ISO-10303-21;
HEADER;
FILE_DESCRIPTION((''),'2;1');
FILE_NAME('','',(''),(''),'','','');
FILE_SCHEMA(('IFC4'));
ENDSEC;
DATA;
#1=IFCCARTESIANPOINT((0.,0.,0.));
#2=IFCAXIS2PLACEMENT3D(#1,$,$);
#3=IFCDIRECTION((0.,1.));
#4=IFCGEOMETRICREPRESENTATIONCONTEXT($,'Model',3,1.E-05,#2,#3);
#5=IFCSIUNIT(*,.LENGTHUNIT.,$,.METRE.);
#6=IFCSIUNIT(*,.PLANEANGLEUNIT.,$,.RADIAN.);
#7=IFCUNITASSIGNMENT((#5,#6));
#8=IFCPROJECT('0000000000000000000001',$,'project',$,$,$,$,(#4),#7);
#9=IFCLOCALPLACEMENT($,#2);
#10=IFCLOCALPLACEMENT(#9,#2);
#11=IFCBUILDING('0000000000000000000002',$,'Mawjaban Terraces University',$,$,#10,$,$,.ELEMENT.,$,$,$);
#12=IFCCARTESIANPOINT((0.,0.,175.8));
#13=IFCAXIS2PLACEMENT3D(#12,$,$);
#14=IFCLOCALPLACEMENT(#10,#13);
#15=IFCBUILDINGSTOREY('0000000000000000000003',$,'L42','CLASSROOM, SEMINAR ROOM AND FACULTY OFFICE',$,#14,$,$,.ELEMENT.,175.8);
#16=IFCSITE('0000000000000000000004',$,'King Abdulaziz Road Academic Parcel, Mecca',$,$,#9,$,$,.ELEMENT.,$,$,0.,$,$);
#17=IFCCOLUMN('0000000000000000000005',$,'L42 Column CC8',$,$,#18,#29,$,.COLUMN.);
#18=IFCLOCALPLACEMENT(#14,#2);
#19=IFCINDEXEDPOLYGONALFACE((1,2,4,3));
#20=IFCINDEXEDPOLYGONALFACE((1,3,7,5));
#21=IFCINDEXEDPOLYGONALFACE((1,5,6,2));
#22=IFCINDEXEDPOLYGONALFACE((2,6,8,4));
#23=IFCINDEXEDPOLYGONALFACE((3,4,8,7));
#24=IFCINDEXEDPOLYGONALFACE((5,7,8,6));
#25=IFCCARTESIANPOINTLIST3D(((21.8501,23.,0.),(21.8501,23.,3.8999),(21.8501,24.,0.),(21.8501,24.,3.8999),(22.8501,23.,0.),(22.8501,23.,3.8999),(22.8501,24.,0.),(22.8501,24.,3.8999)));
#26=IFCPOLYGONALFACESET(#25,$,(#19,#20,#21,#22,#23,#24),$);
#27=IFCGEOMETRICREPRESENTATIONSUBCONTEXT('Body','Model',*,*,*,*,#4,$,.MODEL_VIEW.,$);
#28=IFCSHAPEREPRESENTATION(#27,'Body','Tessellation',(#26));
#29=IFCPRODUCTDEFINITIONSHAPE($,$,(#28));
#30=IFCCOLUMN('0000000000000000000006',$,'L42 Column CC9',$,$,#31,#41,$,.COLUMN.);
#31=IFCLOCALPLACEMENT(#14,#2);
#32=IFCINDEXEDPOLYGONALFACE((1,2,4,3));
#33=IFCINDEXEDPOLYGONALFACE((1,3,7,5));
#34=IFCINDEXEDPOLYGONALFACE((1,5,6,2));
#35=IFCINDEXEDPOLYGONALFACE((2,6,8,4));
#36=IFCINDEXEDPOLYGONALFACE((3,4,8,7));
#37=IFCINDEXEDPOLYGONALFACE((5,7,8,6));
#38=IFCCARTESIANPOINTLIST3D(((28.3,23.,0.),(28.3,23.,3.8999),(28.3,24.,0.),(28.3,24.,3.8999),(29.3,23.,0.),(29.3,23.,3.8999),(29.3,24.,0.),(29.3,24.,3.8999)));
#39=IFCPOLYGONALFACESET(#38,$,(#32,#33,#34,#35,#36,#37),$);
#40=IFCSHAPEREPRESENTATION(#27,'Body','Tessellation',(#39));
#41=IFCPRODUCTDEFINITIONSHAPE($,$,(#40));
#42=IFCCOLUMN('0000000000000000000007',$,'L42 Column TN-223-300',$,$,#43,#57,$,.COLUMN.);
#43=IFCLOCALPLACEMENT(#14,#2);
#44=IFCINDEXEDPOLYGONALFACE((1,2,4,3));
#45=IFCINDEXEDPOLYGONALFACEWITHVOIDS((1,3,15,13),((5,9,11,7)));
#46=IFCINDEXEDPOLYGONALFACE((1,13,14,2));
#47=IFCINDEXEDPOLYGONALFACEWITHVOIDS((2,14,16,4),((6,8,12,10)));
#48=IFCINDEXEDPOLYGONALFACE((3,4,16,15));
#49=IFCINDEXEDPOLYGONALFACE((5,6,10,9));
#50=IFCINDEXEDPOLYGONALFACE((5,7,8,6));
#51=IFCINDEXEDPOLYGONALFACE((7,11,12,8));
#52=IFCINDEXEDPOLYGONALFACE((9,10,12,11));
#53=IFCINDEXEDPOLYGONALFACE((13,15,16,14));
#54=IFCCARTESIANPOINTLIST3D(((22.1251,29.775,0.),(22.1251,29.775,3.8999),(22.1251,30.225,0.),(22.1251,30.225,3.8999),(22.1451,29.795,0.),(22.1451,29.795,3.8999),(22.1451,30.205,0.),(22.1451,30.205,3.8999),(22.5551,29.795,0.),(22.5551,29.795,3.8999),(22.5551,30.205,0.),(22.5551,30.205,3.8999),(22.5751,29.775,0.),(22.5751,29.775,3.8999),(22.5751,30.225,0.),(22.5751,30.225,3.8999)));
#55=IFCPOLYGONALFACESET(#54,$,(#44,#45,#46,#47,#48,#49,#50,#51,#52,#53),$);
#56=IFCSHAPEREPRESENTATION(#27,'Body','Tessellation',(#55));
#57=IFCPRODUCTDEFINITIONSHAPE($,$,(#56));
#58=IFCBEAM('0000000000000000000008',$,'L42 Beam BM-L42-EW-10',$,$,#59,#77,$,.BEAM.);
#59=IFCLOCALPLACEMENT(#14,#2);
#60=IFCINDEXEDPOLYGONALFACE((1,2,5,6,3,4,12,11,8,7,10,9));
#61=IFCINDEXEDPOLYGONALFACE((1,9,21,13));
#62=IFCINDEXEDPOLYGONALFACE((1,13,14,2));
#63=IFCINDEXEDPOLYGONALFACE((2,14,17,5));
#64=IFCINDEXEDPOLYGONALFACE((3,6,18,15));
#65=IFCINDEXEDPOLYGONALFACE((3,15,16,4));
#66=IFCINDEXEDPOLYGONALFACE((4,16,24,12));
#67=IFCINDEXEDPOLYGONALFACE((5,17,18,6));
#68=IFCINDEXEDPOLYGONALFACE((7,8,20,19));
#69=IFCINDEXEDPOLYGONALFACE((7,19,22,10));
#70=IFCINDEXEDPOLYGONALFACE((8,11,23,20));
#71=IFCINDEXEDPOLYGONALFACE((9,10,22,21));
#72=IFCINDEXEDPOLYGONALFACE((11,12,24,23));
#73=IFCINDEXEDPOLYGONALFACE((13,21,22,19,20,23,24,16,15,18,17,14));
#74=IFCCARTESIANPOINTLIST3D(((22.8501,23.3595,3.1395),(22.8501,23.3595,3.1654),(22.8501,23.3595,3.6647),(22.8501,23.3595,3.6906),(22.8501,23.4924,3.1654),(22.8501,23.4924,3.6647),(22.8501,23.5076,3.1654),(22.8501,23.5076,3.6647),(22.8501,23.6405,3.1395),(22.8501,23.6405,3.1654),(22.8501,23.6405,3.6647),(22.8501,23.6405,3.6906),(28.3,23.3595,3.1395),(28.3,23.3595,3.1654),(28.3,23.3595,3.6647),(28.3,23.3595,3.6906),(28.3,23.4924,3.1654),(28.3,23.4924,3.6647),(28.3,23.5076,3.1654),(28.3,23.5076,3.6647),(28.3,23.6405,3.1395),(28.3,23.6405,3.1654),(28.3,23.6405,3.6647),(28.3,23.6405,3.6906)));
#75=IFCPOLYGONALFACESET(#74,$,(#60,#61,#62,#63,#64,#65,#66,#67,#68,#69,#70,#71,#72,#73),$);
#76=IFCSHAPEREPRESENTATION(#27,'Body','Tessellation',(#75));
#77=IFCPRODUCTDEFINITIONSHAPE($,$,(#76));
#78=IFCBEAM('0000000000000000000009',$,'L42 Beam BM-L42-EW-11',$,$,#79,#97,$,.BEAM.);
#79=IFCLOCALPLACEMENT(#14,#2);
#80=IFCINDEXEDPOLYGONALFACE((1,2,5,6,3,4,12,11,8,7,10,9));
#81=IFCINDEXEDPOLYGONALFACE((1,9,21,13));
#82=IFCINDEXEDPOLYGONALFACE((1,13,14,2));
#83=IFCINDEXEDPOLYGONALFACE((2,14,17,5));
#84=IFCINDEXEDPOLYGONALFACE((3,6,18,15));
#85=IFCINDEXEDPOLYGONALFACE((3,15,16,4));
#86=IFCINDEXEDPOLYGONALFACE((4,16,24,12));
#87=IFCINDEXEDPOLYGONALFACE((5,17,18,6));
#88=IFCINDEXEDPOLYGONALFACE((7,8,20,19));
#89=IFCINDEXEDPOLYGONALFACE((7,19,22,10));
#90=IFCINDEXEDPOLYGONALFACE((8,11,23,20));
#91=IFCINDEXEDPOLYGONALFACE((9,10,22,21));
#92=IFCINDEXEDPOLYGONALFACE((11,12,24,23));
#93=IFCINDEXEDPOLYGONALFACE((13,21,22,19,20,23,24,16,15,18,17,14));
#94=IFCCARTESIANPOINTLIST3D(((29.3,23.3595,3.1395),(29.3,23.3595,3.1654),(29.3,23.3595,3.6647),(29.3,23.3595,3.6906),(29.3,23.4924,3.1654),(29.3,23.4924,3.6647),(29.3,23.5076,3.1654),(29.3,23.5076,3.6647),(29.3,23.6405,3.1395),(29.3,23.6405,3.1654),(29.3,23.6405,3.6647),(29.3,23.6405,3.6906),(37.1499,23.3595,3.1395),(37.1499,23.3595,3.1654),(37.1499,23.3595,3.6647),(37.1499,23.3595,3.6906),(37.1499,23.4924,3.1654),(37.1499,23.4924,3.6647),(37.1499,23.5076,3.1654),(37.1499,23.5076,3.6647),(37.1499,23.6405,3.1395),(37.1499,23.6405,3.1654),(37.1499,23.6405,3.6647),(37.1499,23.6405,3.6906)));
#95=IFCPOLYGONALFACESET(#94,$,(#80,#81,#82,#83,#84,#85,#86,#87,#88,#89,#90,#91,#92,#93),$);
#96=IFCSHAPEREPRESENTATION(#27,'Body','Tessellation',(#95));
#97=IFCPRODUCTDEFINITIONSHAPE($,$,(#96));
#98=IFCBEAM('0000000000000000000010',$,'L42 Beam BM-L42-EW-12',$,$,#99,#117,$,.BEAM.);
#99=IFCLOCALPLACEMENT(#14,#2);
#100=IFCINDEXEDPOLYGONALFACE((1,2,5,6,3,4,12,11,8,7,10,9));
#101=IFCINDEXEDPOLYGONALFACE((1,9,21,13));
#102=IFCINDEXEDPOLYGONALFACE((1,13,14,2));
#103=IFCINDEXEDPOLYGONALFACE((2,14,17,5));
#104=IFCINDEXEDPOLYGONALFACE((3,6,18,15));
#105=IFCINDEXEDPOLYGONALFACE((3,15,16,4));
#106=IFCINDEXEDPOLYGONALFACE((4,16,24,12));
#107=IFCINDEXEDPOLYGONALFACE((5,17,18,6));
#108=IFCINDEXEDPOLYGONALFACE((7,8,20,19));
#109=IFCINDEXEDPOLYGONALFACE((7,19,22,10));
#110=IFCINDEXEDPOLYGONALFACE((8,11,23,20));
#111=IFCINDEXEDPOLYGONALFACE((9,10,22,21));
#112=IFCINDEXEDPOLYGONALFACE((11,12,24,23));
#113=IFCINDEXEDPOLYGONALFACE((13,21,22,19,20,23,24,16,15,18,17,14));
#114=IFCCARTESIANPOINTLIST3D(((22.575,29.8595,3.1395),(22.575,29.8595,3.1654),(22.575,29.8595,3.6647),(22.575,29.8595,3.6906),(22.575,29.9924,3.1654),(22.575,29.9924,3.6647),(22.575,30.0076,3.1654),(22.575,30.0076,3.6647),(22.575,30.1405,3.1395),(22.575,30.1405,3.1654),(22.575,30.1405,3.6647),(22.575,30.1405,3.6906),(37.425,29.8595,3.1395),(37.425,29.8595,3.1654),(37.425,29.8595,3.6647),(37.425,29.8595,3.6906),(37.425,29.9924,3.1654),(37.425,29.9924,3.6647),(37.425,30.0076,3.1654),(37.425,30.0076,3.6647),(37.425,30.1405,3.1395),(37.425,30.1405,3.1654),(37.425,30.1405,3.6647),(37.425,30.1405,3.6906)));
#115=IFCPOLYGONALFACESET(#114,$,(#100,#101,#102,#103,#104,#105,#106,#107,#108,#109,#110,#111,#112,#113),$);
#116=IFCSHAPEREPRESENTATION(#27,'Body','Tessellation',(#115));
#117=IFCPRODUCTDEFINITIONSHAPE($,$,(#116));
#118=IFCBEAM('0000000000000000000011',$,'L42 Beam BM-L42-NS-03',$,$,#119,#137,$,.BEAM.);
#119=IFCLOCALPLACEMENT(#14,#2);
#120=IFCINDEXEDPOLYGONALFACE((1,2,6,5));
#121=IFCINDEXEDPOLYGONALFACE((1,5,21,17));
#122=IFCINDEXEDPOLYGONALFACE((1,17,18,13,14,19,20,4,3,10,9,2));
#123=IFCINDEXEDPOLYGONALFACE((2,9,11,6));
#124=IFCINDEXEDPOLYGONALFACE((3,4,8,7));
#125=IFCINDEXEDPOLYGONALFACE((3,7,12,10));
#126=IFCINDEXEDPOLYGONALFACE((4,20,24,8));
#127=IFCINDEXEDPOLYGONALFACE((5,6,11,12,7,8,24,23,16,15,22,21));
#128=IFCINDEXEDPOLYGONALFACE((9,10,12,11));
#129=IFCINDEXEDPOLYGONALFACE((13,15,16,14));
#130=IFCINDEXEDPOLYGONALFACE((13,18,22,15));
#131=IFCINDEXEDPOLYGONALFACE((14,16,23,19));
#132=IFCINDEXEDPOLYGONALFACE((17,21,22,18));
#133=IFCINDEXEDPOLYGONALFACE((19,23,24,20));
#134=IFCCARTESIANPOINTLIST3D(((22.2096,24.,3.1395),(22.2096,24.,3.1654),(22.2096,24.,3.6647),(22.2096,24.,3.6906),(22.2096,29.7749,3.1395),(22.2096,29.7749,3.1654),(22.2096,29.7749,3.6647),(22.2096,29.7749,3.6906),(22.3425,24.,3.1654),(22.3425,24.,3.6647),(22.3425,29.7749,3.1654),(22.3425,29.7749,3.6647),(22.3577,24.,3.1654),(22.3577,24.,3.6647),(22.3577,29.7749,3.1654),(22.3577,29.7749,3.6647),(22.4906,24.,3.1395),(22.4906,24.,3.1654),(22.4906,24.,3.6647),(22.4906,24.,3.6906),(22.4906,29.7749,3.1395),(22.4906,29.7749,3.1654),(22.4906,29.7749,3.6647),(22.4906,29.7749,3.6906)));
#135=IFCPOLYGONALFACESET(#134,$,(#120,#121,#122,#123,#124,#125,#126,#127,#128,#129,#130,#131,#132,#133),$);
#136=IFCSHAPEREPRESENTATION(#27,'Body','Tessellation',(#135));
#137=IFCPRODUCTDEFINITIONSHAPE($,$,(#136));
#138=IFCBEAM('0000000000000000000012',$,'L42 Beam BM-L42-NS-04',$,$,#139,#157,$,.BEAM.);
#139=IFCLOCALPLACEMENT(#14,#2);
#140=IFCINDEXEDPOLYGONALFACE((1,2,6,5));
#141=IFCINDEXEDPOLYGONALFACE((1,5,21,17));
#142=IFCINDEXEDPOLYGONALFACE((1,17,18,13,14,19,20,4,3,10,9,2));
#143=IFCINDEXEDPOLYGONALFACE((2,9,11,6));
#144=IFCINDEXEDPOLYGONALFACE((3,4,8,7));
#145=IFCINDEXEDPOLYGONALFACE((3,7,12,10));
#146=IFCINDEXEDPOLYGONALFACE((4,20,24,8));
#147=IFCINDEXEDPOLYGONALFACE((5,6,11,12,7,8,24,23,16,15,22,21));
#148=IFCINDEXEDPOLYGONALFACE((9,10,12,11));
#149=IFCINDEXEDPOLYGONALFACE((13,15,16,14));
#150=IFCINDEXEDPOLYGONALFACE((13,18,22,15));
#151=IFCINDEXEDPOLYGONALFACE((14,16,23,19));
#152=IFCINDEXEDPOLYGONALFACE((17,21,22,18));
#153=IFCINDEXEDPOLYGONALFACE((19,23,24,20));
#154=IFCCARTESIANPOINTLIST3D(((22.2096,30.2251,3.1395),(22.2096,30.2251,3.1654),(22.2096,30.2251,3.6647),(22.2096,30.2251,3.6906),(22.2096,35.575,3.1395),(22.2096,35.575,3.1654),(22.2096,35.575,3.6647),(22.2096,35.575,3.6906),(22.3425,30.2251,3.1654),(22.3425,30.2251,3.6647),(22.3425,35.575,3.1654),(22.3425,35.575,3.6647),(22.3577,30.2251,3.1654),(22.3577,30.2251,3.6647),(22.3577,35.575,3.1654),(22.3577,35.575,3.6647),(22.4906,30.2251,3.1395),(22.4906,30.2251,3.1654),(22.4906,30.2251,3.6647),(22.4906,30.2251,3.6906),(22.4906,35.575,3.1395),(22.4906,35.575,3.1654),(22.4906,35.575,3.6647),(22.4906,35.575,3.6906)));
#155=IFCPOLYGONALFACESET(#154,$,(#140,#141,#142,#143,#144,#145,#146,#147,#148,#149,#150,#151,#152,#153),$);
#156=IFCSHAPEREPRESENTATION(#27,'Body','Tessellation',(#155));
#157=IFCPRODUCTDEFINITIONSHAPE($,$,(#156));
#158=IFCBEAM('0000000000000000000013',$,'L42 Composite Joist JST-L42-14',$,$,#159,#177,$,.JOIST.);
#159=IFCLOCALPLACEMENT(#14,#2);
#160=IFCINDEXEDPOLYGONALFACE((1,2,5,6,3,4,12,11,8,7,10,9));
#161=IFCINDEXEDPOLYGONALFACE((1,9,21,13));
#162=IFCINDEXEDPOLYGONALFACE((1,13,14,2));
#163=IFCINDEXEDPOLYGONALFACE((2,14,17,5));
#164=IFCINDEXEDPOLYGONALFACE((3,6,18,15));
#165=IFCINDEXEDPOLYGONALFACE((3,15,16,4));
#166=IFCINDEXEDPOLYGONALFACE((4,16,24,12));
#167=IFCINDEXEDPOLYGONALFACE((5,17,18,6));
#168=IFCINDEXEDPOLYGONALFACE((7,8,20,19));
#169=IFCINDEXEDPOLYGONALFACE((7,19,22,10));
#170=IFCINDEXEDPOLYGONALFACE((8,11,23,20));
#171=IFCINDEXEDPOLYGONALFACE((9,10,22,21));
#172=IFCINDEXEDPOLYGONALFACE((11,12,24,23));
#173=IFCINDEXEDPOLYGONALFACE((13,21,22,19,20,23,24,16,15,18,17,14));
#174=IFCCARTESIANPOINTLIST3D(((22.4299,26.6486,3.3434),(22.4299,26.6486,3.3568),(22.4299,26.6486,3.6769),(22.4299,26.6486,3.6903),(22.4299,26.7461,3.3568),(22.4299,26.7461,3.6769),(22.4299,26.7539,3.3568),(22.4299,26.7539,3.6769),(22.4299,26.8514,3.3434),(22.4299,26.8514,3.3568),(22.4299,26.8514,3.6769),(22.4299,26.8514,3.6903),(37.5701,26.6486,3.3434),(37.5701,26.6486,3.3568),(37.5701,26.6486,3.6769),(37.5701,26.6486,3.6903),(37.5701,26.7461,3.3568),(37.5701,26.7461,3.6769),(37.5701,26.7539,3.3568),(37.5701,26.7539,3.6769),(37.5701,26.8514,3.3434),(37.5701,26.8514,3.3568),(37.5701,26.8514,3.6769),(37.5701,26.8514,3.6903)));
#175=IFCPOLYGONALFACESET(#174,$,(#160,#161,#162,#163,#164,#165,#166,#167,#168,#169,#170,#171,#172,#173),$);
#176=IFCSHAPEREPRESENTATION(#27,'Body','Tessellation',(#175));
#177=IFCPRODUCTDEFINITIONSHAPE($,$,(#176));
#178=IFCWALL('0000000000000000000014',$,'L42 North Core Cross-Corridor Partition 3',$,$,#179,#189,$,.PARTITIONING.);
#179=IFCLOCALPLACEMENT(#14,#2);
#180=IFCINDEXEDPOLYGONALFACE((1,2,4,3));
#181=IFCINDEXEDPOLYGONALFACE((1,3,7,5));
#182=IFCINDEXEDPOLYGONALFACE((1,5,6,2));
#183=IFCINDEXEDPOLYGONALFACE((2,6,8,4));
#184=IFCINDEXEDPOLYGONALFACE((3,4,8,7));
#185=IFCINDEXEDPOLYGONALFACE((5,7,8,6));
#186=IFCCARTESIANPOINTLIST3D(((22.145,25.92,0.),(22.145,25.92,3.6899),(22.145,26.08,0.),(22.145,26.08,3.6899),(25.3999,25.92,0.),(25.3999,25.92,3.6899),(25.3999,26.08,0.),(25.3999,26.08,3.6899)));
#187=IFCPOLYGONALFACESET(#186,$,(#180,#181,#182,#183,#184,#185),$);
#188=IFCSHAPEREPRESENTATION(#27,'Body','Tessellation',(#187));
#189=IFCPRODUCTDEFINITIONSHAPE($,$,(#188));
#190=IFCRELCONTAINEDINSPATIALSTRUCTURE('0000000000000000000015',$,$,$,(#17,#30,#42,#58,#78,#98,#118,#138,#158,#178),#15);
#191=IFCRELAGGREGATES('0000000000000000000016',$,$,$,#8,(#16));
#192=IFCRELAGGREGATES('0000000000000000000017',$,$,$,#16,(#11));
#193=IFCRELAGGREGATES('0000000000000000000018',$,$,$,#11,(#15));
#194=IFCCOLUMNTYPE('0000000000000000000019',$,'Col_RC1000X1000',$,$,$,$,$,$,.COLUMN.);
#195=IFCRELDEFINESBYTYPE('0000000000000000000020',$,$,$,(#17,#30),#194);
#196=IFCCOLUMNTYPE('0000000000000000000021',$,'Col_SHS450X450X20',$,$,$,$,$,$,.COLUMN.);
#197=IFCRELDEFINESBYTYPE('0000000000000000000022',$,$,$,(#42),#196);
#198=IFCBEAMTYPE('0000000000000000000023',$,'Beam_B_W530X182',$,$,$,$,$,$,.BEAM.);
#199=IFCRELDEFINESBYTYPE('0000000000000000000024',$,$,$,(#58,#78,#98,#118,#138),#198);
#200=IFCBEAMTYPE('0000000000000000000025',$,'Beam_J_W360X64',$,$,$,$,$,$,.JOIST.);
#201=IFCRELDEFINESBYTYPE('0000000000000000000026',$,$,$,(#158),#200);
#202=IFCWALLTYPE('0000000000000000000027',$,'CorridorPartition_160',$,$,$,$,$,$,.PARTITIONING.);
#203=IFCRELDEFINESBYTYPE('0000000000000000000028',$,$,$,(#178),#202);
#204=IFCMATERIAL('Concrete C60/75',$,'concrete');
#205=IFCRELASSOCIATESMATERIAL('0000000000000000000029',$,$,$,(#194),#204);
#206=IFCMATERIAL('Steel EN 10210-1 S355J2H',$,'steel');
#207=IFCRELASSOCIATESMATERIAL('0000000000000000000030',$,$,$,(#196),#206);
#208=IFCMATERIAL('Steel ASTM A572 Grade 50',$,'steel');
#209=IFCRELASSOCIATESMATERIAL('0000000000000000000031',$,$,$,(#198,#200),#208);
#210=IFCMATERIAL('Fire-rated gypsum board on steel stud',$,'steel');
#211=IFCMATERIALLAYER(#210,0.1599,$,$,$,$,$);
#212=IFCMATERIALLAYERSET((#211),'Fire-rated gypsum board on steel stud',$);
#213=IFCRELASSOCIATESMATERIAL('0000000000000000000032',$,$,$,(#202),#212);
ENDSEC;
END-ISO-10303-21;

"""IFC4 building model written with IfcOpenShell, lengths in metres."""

from ifc_helpers import new_model, si_unit, direction, frame, frame_2d, origin, origin_2d, place, context, subcontext, project, spatial, rectangle, hollow_rectangle, i_section, extrude, material, layer, layer_set, material_profile, profile_set, type_object, element, save


model = new_model("IFC4")

# Units and contexts
model_context = context("Model", 3, precision=1e-05, world=origin(), true_north=direction((0.0, 1.0)))
body_context = subcontext(model_context, "Body", "Model", "MODEL_VIEW")
ifc_project = project(units=[si_unit("LENGTHUNIT", "METRE"), si_unit("PLANEANGLEUNIT", "RADIAN")], contexts=[model_context])

# Site, building, storey
site_placement = place(None, origin())
site = spatial("IfcSite", under=ifc_project, at=site_placement, Name="King Abdulaziz Road Academic Parcel, Mecca", CompositionType="ELEMENT", RefElevation=0.0)
building_placement = place(site_placement, origin())
building = spatial("IfcBuilding", under=site, at=building_placement, Name="Mawjaban Terraces University", CompositionType="ELEMENT")
storey_placement = place(building_placement, frame((0.0, 0.0, 175.8)))
storey = spatial("IfcBuildingStorey", under=building, at=storey_placement, Name="L42", Description="CLASSROOM, SEMINAR ROOM AND FACULTY OFFICE", CompositionType="ELEMENT", Elevation=175.8)

# Columns
ifc_material_1 = material(Name="Concrete C60/75", Category="concrete")
ifc_material_profile_1 = material_profile(ifc_material_1, rectangle(XDim=1.0, YDim=1.0, at=origin_2d()), Name="RC1000X1000")
ifc_profile_set_1 = profile_set([ifc_material_profile_1], Name="Concrete C60/75")
column_type_1 = type_object("IfcColumnType", Name="Col_RC1000X1000", PredefinedType="COLUMN", material=ifc_profile_set_1)
for number, where, z_axis, x_axis, name in (
    (1, (22.3501, 23.5, 0.0), (0.0, 0.0, 1.0), (1.0, 0.0, 0.0), "L42 Column CC8"),
    (2, (28.8, 23.5, 0.0), (0.0, 0.0, 1.0), (1.0, 0.0, 0.0), "L42 Column CC9"),
):
    element("IfcColumn", number, at=place(storey_placement, frame(where, z_axis=z_axis, x_axis=x_axis)), inside=storey, type_object=column_type_1, Name=name, PredefinedType="COLUMN", context=body_context, shape_type="SweptSolid", body=[
        extrude(rectangle(XDim=1.0, YDim=1.0, at=origin_2d()), origin(), (0.0, 0.0, 1.0), 3.8999),
    ])
ifc_material_2 = material(Name="Steel EN 10210-1 S355J2H", Category="steel")
ifc_material_profile_2 = material_profile(ifc_material_2, hollow_rectangle(XDim=0.45, YDim=0.45, WallThickness=0.02, at=origin_2d()), Name="SHS450X450X20")
ifc_profile_set_2 = profile_set([ifc_material_profile_2], Name="Steel EN 10210-1 S355J2H")
column_type_2 = type_object("IfcColumnType", Name="Col_SHS450X450X20", PredefinedType="COLUMN", material=ifc_profile_set_2)
column_placement = place(storey_placement, frame((22.3501, 30.0, 0.0), z_axis=(0.0, 0.0, 1.0), x_axis=(1.0, 0.0, 0.0)))
element("IfcColumn", 3, at=column_placement, inside=storey, type_object=column_type_2, Name="L42 Column TN-223-300", PredefinedType="COLUMN", context=body_context, shape_type="SweptSolid", body=[
    extrude(hollow_rectangle(XDim=0.45, YDim=0.45, WallThickness=0.02, at=origin_2d()), origin(), (0.0, 0.0, 1.0), 3.8999),
])

# Beams
ifc_material_3 = material(Name="Steel ASTM A572 Grade 50", Category="steel")
ifc_material_profile_3 = material_profile(ifc_material_3, i_section(OverallWidth=0.281, OverallDepth=0.551, WebThickness=0.0151, FlangeThickness=0.0259, at=origin_2d()), Name="W530X182")
ifc_profile_set_3 = profile_set([ifc_material_profile_3], Name="Steel ASTM A572 Grade 50")
beam_type_1 = type_object("IfcBeamType", Name="Beam_B_W530X182", PredefinedType="BEAM", material=ifc_profile_set_3)
beam_1_placement = place(storey_placement, frame((22.8501, 23.5, 3.415), z_axis=(1.0, 0.0, 0.0), x_axis=(0.0, 1.0, 0.0)))
element("IfcBeam", 4, at=beam_1_placement, inside=storey, type_object=beam_type_1, Name="L42 Beam BM-L42-EW-10", PredefinedType="BEAM", context=body_context, shape_type="SweptSolid", body=[
    extrude(i_section(OverallWidth=0.281, OverallDepth=0.551, WebThickness=0.0151, FlangeThickness=0.0259, at=origin_2d()), origin(), (0.0, 0.0, 1.0), 5.45),
])
beam_2_placement = place(storey_placement, frame((29.3, 23.5, 3.415), z_axis=(1.0, 0.0, 0.0), x_axis=(0.0, 1.0, 0.0)))
element("IfcBeam", 5, at=beam_2_placement, inside=storey, type_object=beam_type_1, Name="L42 Beam BM-L42-EW-11", PredefinedType="BEAM", context=body_context, shape_type="SweptSolid", body=[
    extrude(i_section(OverallWidth=0.281, OverallDepth=0.551, WebThickness=0.0151, FlangeThickness=0.0259, at=origin_2d()), origin(), (0.0, 0.0, 1.0), 7.8499),
])
beam_3_placement = place(storey_placement, frame((22.575, 30.0, 3.415), z_axis=(1.0, 0.0, 0.0), x_axis=(0.0, 1.0, 0.0)))
element("IfcBeam", 6, at=beam_3_placement, inside=storey, type_object=beam_type_1, Name="L42 Beam BM-L42-EW-12", PredefinedType="BEAM", context=body_context, shape_type="SweptSolid", body=[
    extrude(i_section(OverallWidth=0.281, OverallDepth=0.551, WebThickness=0.0151, FlangeThickness=0.0259, at=origin_2d()), origin(), (0.0, 0.0, 1.0), 14.8501),
])
beam_4_placement = place(storey_placement, frame((22.3501, 24.0, 3.415), z_axis=(0.0, 1.0, 0.0), x_axis=(-1.0, 0.0, 0.0)))
element("IfcBeam", 7, at=beam_4_placement, inside=storey, type_object=beam_type_1, Name="L42 Beam BM-L42-NS-03", PredefinedType="BEAM", context=body_context, shape_type="SweptSolid", body=[
    extrude(i_section(OverallWidth=0.281, OverallDepth=0.551, WebThickness=0.0151, FlangeThickness=0.0259, at=origin_2d()), origin(), (0.0, 0.0, 1.0), 5.7749),
])
beam_5_placement = place(storey_placement, frame((22.3501, 30.2251, 3.415), z_axis=(0.0, 1.0, 0.0), x_axis=(-1.0, 0.0, 0.0)))
element("IfcBeam", 8, at=beam_5_placement, inside=storey, type_object=beam_type_1, Name="L42 Beam BM-L42-NS-04", PredefinedType="BEAM", context=body_context, shape_type="SweptSolid", body=[
    extrude(i_section(OverallWidth=0.281, OverallDepth=0.551, WebThickness=0.0151, FlangeThickness=0.0259, at=origin_2d()), origin(), (0.0, 0.0, 1.0), 5.3499),
])
ifc_material_profile_4 = material_profile(ifc_material_3, i_section(OverallWidth=0.2029, OverallDepth=0.3469, WebThickness=0.0078, FlangeThickness=0.0134, at=origin_2d()), Name="W360X64")
ifc_profile_set_4 = profile_set([ifc_material_profile_4], Name="Steel ASTM A572 Grade 50")
beam_type_2 = type_object("IfcBeamType", Name="Beam_J_W360X64", PredefinedType="JOIST", material=ifc_profile_set_4)
beam_6_placement = place(storey_placement, frame((22.4299, 26.75, 3.5168), z_axis=(1.0, 0.0, 0.0), x_axis=(0.0, 1.0, 0.0)))
element("IfcBeam", 9, at=beam_6_placement, inside=storey, type_object=beam_type_2, Name="L42 Composite Joist JST-L42-14", PredefinedType="JOIST", context=body_context, shape_type="SweptSolid", body=[
    extrude(i_section(OverallWidth=0.2029, OverallDepth=0.3469, WebThickness=0.0078, FlangeThickness=0.0134, at=origin_2d()), origin(), (0.0, 0.0, 1.0), 15.1401),
])

# Wall
ifc_material_4 = material(Name="Fire-rated gypsum board on steel stud", Category="steel")
ifc_layer_1 = layer(ifc_material_4, 0.1599)
ifc_layer_set_1 = layer_set([ifc_layer_1], Name="Fire-rated gypsum board on steel stud")
wall_type_1 = type_object("IfcWallType", Name="CorridorPartition_160", PredefinedType="PARTITIONING", material=ifc_layer_set_1)
wall_1_placement = place(storey_placement, frame((25.3999, 26.0, 0.0), z_axis=(0.0, 0.0, 1.0), x_axis=(-1.0, 0.0, 0.0)))
element("IfcWall", 10, at=wall_1_placement, inside=storey, type_object=wall_type_1, Name="L42 North Core Cross-Corridor Partition 3", PredefinedType="PARTITIONING", context=body_context, shape_type="SweptSolid", body=[
    extrude(rectangle(XDim=3.2549, YDim=0.1599, at=frame_2d((1.6274, 0.0))), origin(), (0.0, 0.0, 1.0), 3.6899),
])

save(model, "model.ifc")
